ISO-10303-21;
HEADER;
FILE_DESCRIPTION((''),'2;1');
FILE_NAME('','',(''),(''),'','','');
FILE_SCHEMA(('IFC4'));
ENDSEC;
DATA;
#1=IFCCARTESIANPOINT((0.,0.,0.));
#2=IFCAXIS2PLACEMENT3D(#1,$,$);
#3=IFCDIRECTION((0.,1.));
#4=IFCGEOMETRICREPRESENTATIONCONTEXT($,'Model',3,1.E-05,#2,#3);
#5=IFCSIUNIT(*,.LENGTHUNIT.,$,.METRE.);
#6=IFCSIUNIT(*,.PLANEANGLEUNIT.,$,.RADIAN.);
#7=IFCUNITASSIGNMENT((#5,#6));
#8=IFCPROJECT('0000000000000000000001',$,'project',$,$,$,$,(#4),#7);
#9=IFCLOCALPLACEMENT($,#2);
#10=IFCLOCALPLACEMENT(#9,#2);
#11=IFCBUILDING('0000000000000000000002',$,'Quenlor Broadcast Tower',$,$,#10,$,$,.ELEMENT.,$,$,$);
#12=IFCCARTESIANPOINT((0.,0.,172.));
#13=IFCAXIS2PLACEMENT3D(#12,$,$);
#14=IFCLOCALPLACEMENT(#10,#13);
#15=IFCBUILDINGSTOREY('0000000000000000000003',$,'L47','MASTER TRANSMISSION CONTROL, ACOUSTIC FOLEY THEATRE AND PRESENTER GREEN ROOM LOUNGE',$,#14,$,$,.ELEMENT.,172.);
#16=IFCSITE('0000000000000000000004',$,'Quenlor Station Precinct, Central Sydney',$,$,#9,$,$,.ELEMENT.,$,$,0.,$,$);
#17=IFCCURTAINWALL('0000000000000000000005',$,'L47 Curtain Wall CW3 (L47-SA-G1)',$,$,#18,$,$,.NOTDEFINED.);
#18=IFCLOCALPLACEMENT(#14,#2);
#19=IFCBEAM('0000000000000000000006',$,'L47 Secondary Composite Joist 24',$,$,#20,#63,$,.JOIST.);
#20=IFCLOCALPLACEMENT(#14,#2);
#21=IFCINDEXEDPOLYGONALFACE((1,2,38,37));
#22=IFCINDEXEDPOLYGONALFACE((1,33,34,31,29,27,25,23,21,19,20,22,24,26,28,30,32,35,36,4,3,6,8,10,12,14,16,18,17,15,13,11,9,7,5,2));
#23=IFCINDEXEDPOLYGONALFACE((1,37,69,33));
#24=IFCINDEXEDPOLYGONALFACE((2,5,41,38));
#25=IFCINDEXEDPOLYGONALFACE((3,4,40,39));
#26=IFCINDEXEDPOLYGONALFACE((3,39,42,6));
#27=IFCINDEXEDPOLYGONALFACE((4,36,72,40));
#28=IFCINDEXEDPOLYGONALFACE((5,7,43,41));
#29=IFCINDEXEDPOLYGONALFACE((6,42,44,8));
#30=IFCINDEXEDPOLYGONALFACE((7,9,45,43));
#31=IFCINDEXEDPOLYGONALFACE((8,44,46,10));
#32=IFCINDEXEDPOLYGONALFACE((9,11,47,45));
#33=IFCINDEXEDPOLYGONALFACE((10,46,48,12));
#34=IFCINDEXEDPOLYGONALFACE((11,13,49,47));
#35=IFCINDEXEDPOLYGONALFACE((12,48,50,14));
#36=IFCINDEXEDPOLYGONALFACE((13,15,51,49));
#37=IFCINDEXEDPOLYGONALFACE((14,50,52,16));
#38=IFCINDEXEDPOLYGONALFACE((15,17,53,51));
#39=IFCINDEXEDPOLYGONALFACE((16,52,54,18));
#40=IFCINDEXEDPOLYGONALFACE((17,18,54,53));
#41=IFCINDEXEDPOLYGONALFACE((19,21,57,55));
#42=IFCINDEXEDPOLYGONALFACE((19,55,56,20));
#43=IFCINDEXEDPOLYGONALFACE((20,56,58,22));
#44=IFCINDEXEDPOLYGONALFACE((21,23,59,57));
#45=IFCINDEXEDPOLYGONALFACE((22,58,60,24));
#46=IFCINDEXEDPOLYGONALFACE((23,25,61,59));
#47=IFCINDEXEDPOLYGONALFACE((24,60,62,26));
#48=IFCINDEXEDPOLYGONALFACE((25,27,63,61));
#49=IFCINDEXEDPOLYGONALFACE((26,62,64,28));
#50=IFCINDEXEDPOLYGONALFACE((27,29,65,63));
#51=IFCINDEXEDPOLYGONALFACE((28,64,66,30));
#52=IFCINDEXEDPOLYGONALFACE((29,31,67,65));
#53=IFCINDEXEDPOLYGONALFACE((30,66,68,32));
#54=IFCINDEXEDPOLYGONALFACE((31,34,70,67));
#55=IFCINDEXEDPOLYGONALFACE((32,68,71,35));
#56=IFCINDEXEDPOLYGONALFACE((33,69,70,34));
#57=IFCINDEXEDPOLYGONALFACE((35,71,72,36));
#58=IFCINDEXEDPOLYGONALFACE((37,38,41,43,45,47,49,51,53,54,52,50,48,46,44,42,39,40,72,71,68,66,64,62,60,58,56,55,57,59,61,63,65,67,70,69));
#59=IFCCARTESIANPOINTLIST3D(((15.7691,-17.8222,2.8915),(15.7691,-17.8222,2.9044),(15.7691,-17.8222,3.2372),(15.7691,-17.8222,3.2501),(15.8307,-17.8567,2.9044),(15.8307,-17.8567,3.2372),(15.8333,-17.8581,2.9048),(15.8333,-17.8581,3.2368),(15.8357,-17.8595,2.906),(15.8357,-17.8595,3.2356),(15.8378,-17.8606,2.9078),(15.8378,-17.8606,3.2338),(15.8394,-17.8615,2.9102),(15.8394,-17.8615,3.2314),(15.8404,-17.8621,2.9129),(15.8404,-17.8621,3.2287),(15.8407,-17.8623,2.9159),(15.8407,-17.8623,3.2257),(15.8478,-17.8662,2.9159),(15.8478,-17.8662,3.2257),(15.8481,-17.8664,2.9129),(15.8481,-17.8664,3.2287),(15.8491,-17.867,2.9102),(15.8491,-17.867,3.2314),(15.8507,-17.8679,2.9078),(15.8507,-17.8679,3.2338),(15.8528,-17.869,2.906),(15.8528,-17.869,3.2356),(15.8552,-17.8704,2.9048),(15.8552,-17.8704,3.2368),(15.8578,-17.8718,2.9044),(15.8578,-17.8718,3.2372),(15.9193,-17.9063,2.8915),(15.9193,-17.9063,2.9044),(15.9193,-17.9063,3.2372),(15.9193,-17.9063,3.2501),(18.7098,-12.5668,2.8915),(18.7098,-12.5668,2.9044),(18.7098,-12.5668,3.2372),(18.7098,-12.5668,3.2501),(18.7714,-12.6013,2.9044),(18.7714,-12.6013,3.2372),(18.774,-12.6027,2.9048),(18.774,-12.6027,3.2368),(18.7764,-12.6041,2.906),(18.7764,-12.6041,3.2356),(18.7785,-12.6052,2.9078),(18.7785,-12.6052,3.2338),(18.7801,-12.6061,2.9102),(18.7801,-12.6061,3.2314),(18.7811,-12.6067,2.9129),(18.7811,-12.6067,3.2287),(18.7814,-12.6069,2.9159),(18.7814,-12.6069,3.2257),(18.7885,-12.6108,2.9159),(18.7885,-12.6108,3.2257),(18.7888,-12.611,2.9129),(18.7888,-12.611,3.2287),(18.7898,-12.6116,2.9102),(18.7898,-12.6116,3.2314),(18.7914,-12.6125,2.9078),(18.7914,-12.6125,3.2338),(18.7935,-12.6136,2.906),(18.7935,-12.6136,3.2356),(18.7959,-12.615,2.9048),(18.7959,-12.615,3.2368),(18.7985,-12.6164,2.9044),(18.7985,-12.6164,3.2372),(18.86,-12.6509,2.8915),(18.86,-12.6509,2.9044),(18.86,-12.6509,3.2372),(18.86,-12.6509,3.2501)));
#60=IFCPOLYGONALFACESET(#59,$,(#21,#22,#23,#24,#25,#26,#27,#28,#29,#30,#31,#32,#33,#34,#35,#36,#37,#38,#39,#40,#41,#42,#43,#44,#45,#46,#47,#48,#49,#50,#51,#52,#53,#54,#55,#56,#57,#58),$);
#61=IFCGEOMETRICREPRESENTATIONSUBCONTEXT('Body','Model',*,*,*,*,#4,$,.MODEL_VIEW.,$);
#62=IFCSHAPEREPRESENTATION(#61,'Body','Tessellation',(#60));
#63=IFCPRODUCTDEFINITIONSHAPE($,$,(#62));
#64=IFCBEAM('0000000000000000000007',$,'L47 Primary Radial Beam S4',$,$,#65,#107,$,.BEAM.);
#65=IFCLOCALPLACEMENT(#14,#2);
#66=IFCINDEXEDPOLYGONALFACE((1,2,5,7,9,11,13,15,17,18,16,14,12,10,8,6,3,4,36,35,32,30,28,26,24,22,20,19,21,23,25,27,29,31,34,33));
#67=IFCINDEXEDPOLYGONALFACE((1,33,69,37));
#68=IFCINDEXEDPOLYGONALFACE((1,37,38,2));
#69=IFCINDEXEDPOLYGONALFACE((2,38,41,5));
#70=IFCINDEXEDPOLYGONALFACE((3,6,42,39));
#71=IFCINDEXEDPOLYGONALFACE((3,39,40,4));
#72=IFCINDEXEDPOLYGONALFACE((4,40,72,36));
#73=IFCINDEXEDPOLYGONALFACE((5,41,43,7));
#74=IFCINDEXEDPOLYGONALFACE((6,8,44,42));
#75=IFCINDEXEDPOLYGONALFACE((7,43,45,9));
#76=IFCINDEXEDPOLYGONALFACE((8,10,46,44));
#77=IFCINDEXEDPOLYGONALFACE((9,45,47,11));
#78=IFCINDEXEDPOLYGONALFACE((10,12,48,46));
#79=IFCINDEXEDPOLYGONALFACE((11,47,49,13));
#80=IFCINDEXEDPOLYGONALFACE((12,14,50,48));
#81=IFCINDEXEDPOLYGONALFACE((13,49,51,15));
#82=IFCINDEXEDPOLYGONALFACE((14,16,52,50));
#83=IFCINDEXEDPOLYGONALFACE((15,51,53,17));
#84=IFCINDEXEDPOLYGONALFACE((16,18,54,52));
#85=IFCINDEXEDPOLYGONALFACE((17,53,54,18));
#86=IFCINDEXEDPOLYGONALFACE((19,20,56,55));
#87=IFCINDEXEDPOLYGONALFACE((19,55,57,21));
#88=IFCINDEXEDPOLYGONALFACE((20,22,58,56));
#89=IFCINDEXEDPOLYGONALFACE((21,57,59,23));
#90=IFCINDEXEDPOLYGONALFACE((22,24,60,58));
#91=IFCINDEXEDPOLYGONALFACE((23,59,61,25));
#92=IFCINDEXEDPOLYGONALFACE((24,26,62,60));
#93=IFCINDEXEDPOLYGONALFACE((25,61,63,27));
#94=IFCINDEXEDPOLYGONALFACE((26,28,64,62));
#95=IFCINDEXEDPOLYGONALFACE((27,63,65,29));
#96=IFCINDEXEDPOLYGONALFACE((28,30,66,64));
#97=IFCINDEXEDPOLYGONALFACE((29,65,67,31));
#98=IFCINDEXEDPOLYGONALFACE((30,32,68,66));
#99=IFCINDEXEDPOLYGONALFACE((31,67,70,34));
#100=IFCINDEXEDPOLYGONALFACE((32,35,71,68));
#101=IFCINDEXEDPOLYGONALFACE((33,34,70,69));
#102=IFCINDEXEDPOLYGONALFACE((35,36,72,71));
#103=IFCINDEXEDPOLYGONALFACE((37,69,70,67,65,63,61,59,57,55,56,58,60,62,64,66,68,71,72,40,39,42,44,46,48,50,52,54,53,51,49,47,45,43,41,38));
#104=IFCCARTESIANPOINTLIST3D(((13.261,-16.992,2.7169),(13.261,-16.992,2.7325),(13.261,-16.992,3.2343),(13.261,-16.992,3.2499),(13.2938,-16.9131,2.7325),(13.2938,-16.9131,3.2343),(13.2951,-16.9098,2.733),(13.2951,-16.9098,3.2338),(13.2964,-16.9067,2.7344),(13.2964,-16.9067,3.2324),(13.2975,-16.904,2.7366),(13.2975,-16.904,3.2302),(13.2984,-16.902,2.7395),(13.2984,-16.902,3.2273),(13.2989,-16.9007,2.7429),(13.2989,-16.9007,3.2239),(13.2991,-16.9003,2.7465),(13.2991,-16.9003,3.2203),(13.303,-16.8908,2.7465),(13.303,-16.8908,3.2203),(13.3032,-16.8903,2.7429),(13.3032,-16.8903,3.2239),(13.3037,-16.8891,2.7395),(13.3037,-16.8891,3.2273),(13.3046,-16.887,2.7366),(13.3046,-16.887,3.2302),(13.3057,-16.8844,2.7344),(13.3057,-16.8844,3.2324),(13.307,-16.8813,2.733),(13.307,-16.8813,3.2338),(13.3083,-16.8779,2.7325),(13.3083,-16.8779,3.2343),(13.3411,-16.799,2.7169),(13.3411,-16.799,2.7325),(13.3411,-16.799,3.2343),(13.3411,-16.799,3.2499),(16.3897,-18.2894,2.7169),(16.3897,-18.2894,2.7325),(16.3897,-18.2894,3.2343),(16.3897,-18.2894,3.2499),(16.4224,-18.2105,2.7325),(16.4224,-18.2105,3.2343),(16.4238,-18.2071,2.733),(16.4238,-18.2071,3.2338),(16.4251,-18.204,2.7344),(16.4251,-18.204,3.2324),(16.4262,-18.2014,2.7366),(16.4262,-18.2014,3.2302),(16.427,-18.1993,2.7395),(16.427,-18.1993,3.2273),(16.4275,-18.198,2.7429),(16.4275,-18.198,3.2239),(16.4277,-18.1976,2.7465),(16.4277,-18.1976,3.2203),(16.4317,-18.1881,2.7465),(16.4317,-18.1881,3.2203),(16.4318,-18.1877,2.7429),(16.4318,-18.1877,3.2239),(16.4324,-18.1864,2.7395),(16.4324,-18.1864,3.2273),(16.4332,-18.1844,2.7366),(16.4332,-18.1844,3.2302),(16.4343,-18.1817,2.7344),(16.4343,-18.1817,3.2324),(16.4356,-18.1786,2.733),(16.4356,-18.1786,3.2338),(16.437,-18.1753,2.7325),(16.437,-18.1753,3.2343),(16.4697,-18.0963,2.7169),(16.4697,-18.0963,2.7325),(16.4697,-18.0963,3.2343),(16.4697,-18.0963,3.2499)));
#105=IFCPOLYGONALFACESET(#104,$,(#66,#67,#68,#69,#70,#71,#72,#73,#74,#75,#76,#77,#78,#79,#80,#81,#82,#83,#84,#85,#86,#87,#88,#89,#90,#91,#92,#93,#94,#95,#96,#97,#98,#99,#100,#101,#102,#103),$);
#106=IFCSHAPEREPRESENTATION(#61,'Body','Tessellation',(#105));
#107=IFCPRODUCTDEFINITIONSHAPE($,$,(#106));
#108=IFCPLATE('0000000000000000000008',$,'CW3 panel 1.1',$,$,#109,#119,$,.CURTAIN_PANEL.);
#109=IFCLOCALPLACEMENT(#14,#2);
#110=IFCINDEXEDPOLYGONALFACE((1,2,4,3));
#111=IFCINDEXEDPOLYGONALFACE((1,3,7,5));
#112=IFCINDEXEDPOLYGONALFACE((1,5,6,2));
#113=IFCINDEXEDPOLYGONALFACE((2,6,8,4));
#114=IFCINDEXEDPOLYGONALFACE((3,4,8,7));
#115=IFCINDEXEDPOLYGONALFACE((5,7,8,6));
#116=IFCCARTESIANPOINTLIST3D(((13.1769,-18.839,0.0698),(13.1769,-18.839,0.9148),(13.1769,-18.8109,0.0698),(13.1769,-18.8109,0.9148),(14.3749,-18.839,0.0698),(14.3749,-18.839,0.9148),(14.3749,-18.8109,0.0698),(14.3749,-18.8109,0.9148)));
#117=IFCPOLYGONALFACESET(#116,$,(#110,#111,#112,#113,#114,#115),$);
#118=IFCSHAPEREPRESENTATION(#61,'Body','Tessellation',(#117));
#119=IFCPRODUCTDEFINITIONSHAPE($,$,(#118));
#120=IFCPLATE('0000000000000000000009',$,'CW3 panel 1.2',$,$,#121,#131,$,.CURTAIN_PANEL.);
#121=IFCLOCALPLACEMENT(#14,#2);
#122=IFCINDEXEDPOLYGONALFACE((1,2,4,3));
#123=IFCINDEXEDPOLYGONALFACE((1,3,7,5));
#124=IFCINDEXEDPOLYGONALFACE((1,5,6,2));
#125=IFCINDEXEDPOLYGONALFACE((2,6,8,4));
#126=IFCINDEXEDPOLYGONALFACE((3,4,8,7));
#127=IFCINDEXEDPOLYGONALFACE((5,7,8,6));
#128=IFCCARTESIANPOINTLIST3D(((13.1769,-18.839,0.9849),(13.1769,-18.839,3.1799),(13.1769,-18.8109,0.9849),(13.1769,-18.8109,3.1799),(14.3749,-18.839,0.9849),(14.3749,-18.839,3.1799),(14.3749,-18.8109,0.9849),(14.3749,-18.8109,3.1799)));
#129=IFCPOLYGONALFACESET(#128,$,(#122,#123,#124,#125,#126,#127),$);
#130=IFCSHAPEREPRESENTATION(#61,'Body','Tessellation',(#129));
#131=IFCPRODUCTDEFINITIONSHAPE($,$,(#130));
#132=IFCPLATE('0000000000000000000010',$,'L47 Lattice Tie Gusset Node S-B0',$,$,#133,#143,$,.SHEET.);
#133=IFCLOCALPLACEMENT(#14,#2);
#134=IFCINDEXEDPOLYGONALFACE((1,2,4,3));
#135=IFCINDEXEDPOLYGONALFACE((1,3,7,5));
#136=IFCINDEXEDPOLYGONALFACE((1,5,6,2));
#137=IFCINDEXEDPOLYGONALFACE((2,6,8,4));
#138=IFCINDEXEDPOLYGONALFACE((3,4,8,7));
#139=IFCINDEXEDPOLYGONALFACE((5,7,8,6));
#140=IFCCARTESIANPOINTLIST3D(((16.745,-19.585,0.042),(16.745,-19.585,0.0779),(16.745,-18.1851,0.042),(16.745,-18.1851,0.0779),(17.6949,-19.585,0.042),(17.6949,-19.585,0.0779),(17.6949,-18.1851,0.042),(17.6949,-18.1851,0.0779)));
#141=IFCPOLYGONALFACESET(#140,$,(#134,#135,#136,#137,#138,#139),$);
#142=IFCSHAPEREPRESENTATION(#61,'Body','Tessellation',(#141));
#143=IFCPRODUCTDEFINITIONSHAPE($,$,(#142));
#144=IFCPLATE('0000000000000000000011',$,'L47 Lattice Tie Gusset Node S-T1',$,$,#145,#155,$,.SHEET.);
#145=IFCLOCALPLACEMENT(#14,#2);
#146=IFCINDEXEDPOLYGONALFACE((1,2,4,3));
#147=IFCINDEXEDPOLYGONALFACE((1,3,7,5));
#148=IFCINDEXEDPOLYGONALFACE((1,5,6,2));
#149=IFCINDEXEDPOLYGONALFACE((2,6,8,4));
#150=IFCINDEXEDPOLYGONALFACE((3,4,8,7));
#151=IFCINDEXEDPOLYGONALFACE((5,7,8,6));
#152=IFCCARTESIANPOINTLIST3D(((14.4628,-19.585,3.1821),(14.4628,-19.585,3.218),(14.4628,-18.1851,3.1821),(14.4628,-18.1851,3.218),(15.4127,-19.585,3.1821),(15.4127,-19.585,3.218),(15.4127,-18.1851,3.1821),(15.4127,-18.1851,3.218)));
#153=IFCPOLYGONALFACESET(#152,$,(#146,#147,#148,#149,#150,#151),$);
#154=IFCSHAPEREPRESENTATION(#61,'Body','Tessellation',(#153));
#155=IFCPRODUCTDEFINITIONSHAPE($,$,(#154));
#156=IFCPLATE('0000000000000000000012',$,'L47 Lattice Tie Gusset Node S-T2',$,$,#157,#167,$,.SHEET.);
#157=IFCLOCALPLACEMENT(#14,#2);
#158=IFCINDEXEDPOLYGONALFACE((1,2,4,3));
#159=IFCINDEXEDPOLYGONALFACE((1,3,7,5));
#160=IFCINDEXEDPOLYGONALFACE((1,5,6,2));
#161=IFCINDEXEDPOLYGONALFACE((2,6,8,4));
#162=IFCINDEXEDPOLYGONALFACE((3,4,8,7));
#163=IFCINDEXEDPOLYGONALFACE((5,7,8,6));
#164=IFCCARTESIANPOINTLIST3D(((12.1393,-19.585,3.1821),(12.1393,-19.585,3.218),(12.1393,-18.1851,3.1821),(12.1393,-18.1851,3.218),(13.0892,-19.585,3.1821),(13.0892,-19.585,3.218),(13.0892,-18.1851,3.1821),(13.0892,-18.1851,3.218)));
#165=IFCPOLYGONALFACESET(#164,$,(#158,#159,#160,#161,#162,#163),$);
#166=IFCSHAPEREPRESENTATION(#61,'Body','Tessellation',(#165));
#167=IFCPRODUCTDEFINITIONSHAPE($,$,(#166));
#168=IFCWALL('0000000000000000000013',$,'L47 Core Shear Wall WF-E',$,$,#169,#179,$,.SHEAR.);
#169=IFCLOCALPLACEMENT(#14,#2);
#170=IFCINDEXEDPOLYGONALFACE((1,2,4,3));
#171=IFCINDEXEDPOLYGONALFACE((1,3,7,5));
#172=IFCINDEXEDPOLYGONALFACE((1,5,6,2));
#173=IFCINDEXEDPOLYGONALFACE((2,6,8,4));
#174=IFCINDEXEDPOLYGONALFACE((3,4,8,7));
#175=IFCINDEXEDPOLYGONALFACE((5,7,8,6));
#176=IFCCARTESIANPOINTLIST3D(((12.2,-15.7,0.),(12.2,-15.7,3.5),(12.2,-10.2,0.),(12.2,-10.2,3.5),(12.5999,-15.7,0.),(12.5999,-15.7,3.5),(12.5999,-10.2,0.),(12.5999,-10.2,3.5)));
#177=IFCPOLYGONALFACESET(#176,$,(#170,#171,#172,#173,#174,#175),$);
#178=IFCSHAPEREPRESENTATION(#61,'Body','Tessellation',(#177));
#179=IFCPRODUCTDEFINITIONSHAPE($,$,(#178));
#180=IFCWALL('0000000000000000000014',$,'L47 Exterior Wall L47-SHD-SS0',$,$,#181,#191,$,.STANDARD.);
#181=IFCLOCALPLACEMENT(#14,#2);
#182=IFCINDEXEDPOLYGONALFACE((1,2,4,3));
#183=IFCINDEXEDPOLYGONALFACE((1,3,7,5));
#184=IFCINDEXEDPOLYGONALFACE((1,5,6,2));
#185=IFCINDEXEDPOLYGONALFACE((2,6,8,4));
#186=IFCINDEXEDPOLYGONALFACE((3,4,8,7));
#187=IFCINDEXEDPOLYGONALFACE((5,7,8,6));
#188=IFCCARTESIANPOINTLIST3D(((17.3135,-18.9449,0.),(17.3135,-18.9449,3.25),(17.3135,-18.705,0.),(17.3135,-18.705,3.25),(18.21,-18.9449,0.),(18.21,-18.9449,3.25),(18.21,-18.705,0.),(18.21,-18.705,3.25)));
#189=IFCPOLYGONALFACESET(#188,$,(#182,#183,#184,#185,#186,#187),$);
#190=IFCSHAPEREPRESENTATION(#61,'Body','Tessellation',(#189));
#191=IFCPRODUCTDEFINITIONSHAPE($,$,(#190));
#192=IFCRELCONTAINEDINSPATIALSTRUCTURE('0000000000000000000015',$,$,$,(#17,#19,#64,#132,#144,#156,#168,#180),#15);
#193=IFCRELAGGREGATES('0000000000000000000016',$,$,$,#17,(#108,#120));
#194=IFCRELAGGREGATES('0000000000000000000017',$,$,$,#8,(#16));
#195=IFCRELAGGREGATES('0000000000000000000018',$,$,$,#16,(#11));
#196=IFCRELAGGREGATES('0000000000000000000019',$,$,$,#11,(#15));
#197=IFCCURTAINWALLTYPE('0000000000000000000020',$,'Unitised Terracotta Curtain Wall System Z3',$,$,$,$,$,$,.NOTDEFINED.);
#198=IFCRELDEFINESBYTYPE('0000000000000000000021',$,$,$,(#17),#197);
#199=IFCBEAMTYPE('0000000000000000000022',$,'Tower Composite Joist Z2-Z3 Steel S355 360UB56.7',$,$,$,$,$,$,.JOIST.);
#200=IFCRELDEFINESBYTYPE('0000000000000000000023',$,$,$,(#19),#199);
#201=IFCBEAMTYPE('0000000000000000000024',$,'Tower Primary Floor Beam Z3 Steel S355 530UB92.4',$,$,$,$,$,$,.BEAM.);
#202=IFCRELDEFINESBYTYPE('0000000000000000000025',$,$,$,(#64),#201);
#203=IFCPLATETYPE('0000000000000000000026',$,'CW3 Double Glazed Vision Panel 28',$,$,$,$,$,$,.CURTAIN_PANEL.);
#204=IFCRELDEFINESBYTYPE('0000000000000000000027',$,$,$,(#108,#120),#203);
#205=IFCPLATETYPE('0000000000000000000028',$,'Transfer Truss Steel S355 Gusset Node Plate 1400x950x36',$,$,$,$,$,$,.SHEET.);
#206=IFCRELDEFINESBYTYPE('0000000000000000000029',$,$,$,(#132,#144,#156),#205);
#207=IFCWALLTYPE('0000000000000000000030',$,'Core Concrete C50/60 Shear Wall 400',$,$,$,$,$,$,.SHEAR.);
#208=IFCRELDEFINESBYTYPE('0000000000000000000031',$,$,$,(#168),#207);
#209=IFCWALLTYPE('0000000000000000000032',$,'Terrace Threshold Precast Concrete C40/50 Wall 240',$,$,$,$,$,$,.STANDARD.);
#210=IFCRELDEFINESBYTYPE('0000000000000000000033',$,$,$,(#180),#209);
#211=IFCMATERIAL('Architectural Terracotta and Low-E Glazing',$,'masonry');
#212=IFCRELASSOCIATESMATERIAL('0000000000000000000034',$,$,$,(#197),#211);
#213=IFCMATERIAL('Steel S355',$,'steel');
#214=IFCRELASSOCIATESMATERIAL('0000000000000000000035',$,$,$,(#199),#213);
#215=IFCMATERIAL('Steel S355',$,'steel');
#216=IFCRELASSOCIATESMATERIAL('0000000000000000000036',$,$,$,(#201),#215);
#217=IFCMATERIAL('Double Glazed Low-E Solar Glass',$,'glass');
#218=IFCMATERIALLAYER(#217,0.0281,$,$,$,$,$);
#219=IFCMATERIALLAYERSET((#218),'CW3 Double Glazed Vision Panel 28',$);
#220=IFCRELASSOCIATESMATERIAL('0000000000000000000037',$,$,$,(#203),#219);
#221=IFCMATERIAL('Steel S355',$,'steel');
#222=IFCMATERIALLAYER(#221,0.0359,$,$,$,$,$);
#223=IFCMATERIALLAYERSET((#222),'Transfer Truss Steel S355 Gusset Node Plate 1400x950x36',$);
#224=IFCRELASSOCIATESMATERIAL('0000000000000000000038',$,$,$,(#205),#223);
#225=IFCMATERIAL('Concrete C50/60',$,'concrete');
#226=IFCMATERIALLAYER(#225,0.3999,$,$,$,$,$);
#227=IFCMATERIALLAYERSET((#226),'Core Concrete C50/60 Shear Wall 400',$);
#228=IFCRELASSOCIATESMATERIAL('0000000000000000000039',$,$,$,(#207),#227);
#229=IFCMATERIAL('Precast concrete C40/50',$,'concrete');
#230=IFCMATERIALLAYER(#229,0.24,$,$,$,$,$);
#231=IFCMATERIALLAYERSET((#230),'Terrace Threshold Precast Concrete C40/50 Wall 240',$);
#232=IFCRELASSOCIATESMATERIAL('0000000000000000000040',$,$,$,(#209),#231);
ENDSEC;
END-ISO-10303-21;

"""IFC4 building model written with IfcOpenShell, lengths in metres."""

from ifc_helpers import new_model, si_unit, direction, frame, frame_2d, origin, origin_2d, place, context, subcontext, project, spatial, rectangle, i_section, extrude, material, layer, layer_set, material_profile, profile_set, type_object, element, aggregate, save


model = new_model("IFC4")

# Units and contexts
model_context = context("Model", 3, precision=1e-05, world=origin(), true_north=direction((0.0, 1.0)))
body_context = subcontext(model_context, "Body", "Model", "MODEL_VIEW")
ifc_project = project(units=[si_unit("LENGTHUNIT", "METRE"), si_unit("PLANEANGLEUNIT", "RADIAN")], contexts=[model_context])

# Site, building, storey
site_placement = place(None, origin())
site = spatial("IfcSite", under=ifc_project, at=site_placement, Name="Quenlor Station Precinct, Central Sydney", CompositionType="ELEMENT", RefElevation=0.0)
building_placement = place(site_placement, origin())
building = spatial("IfcBuilding", under=site, at=building_placement, Name="Quenlor Broadcast Tower", CompositionType="ELEMENT")
storey_placement = place(building_placement, frame((0.0, 0.0, 172.0)))
storey = spatial("IfcBuildingStorey", under=building, at=storey_placement, Name="L47", Description="MASTER TRANSMISSION CONTROL, ACOUSTIC FOLEY THEATRE AND PRESENTER GREEN ROOM LOUNGE", CompositionType="ELEMENT", Elevation=172.0)

# Curtain wall
ifc_material_1 = material(Name="Architectural Terracotta and Low-E Glazing", Category="masonry")
curtain_wall_type = type_object("IfcCurtainWallType", Name="Unitised Terracotta Curtain Wall System Z3", PredefinedType="NOTDEFINED", material=ifc_material_1)
curtain_wall_placement = place(storey_placement, origin())
curtain_wall = element("IfcCurtainWall", 1, at=curtain_wall_placement, inside=storey, type_object=curtain_wall_type, Name="L47 Curtain Wall CW3 (L47-SA-G1)", PredefinedType="NOTDEFINED")

# Beams
ifc_material_2 = material(Name="Steel S355", Category="steel")
ifc_material_profile_1 = material_profile(ifc_material_2, i_section(OverallWidth=0.1721, OverallDepth=0.3586, WebThickness=0.0081, FlangeThickness=0.0129, FilletRadius=0.0115, at=origin_2d()))
ifc_profile_set_1 = profile_set([ifc_material_profile_1], Name="Steel S355 360UB56.7")
beam_type_1 = type_object("IfcBeamType", Name="Tower Composite Joist Z2-Z3 Steel S355 360UB56.7", PredefinedType="JOIST", material=ifc_profile_set_1)
beam_1_placement = place(storey_placement, frame((15.8442, -17.8643, 3.0708), z_axis=(0.488308, 0.872671, 0.0), x_axis=(-0.872671, 0.488308, 0.0)))
element("IfcBeam", 2, at=beam_1_placement, inside=storey, type_object=beam_type_1, Name="L47 Secondary Composite Joist 24", PredefinedType="JOIST", context=body_context, shape_type="SweptSolid", body=[
    extrude(i_section(OverallWidth=0.1721, OverallDepth=0.3586, WebThickness=0.0081, FlangeThickness=0.0129, FilletRadius=0.0115, at=origin_2d()), origin(), (0.0, 0.0, 1.0), 6.0222),
])
ifc_material_3 = material(Name="Steel S355", Category="steel")
ifc_material_profile_2 = material_profile(ifc_material_3, i_section(OverallWidth=0.209, OverallDepth=0.533, WebThickness=0.0103, FlangeThickness=0.0156, FilletRadius=0.0139, at=origin_2d()))
ifc_profile_set_2 = profile_set([ifc_material_profile_2], Name="Steel S355 530UB92.4")
beam_type_2 = type_object("IfcBeamType", Name="Tower Primary Floor Beam Z3 Steel S355 530UB92.4", PredefinedType="BEAM", material=ifc_profile_set_2)
beam_2_placement = place(storey_placement, frame((16.4297, -18.1929, 2.9834), z_axis=(-0.92373, 0.383044, 0.0), x_axis=(-0.383044, -0.92373, 0.0)))
element("IfcBeam", 3, at=beam_2_placement, inside=storey, type_object=beam_type_2, Name="L47 Primary Radial Beam S4", PredefinedType="BEAM", context=body_context, shape_type="SweptSolid", body=[
    extrude(i_section(OverallWidth=0.209, OverallDepth=0.533, WebThickness=0.0103, FlangeThickness=0.0156, FilletRadius=0.0139, at=origin_2d()), origin(), (0.0, 0.0, 1.0), 3.387),
])

# Plates
ifc_material_4 = material(Name="Double Glazed Low-E Solar Glass", Category="glass")
ifc_layer_1 = layer(ifc_material_4, 0.0281)
ifc_layer_set_1 = layer_set([ifc_layer_1], Name="CW3 Double Glazed Vision Panel 28")
plate_type_1 = type_object("IfcPlateType", Name="CW3 Double Glazed Vision Panel 28", PredefinedType="CURTAIN_PANEL", material=ifc_layer_set_1)
plate_1_placement = place(storey_placement, frame((13.7759, -18.825, 0.0698), z_axis=(0.0, 0.0, 1.0), x_axis=(-1.0, 0.0, 0.0)))
plate_1 = element("IfcPlate", 4, at=plate_1_placement, type_object=plate_type_1, Name="CW3 panel 1.1", PredefinedType="CURTAIN_PANEL", context=body_context, shape_type="SweptSolid", body=[
    extrude(rectangle(XDim=1.198, YDim=0.0281, at=origin_2d()), origin(), (0.0, 0.0, 1.0), 0.845),
])
plate_2_placement = place(storey_placement, frame((13.7759, -18.825, 0.9849), z_axis=(0.0, 0.0, 1.0), x_axis=(-1.0, 0.0, 0.0)))
plate_2 = element("IfcPlate", 5, at=plate_2_placement, type_object=plate_type_1, Name="CW3 panel 1.2", PredefinedType="CURTAIN_PANEL", context=body_context, shape_type="SweptSolid", body=[
    extrude(rectangle(XDim=1.198, YDim=0.0281, at=origin_2d()), origin(), (0.0, 0.0, 1.0), 2.1951),
])
aggregate(curtain_wall, [plate_1, plate_2])

# Plates
ifc_material_5 = material(Name="Steel S355", Category="steel")
ifc_layer_2 = layer(ifc_material_5, 0.0359)
ifc_layer_set_2 = layer_set([ifc_layer_2], Name="Transfer Truss Steel S355 Gusset Node Plate 1400x950x36")
plate_type_2 = type_object("IfcPlateType", Name="Transfer Truss Steel S355 Gusset Node Plate 1400x950x36", PredefinedType="SHEET", material=ifc_layer_set_2)
for number, where, z_axis, x_axis, name in (
    (6, (17.22, -18.885, 0.042), (0.0, 0.0, 1.0), (0.0, -1.0, 0.0), "L47 Lattice Tie Gusset Node S-B0"),
    (7, (14.9377, -18.885, 3.1821), (0.0, 0.0, 1.0), (0.0, -1.0, 0.0), "L47 Lattice Tie Gusset Node S-T1"),
    (8, (12.6143, -18.885, 3.1821), (0.0, 0.0, 1.0), (0.0, -1.0, 0.0), "L47 Lattice Tie Gusset Node S-T2"),
):
    element("IfcPlate", number, at=place(storey_placement, frame(where, z_axis=z_axis, x_axis=x_axis)), inside=storey, type_object=plate_type_2, Name=name, PredefinedType="SHEET", context=body_context, shape_type="SweptSolid", body=[
        extrude(rectangle(XDim=1.3999, YDim=0.95, at=origin_2d()), origin(), (0.0, 0.0, 1.0), 0.0359),
    ])

# Walls
ifc_material_6 = material(Name="Concrete C50/60", Category="concrete")
ifc_layer_3 = layer(ifc_material_6, 0.3999)
ifc_layer_set_3 = layer_set([ifc_layer_3], Name="Core Concrete C50/60 Shear Wall 400")
wall_type_1 = type_object("IfcWallType", Name="Core Concrete C50/60 Shear Wall 400", PredefinedType="SHEAR", material=ifc_layer_set_3)
wall_1_placement = place(storey_placement, frame((12.3999, -15.7, 0.0), z_axis=(0.0, 0.0, 1.0), x_axis=(0.0, 1.0, 0.0)))
element("IfcWall", 9, at=wall_1_placement, inside=storey, type_object=wall_type_1, Name="L47 Core Shear Wall WF-E", PredefinedType="SHEAR", context=body_context, shape_type="SweptSolid", body=[
    extrude(rectangle(XDim=5.5, YDim=0.3999, at=frame_2d((2.75, 0.0))), origin(), (0.0, 0.0, 1.0), 3.5),
])
ifc_material_7 = material(Name="Precast concrete C40/50", Category="concrete")
ifc_layer_4 = layer(ifc_material_7, 0.24)
ifc_layer_set_4 = layer_set([ifc_layer_4], Name="Terrace Threshold Precast Concrete C40/50 Wall 240")
wall_type_2 = type_object("IfcWallType", Name="Terrace Threshold Precast Concrete C40/50 Wall 240", PredefinedType="STANDARD", material=ifc_layer_set_4)
wall_2_placement = place(storey_placement, frame((18.21, -18.825, 0.0), z_axis=(0.0, 0.0, 1.0), x_axis=(-1.0, 0.0, 0.0)))
element("IfcWall", 10, at=wall_2_placement, inside=storey, type_object=wall_type_2, Name="L47 Exterior Wall L47-SHD-SS0", PredefinedType="STANDARD", context=body_context, shape_type="SweptSolid", body=[
    extrude(rectangle(XDim=0.8965, YDim=0.24, at=frame_2d((0.4482, 0.0))), origin(), (0.0, 0.0, 1.0), 3.25),
])

save(model, "model.ifc")
